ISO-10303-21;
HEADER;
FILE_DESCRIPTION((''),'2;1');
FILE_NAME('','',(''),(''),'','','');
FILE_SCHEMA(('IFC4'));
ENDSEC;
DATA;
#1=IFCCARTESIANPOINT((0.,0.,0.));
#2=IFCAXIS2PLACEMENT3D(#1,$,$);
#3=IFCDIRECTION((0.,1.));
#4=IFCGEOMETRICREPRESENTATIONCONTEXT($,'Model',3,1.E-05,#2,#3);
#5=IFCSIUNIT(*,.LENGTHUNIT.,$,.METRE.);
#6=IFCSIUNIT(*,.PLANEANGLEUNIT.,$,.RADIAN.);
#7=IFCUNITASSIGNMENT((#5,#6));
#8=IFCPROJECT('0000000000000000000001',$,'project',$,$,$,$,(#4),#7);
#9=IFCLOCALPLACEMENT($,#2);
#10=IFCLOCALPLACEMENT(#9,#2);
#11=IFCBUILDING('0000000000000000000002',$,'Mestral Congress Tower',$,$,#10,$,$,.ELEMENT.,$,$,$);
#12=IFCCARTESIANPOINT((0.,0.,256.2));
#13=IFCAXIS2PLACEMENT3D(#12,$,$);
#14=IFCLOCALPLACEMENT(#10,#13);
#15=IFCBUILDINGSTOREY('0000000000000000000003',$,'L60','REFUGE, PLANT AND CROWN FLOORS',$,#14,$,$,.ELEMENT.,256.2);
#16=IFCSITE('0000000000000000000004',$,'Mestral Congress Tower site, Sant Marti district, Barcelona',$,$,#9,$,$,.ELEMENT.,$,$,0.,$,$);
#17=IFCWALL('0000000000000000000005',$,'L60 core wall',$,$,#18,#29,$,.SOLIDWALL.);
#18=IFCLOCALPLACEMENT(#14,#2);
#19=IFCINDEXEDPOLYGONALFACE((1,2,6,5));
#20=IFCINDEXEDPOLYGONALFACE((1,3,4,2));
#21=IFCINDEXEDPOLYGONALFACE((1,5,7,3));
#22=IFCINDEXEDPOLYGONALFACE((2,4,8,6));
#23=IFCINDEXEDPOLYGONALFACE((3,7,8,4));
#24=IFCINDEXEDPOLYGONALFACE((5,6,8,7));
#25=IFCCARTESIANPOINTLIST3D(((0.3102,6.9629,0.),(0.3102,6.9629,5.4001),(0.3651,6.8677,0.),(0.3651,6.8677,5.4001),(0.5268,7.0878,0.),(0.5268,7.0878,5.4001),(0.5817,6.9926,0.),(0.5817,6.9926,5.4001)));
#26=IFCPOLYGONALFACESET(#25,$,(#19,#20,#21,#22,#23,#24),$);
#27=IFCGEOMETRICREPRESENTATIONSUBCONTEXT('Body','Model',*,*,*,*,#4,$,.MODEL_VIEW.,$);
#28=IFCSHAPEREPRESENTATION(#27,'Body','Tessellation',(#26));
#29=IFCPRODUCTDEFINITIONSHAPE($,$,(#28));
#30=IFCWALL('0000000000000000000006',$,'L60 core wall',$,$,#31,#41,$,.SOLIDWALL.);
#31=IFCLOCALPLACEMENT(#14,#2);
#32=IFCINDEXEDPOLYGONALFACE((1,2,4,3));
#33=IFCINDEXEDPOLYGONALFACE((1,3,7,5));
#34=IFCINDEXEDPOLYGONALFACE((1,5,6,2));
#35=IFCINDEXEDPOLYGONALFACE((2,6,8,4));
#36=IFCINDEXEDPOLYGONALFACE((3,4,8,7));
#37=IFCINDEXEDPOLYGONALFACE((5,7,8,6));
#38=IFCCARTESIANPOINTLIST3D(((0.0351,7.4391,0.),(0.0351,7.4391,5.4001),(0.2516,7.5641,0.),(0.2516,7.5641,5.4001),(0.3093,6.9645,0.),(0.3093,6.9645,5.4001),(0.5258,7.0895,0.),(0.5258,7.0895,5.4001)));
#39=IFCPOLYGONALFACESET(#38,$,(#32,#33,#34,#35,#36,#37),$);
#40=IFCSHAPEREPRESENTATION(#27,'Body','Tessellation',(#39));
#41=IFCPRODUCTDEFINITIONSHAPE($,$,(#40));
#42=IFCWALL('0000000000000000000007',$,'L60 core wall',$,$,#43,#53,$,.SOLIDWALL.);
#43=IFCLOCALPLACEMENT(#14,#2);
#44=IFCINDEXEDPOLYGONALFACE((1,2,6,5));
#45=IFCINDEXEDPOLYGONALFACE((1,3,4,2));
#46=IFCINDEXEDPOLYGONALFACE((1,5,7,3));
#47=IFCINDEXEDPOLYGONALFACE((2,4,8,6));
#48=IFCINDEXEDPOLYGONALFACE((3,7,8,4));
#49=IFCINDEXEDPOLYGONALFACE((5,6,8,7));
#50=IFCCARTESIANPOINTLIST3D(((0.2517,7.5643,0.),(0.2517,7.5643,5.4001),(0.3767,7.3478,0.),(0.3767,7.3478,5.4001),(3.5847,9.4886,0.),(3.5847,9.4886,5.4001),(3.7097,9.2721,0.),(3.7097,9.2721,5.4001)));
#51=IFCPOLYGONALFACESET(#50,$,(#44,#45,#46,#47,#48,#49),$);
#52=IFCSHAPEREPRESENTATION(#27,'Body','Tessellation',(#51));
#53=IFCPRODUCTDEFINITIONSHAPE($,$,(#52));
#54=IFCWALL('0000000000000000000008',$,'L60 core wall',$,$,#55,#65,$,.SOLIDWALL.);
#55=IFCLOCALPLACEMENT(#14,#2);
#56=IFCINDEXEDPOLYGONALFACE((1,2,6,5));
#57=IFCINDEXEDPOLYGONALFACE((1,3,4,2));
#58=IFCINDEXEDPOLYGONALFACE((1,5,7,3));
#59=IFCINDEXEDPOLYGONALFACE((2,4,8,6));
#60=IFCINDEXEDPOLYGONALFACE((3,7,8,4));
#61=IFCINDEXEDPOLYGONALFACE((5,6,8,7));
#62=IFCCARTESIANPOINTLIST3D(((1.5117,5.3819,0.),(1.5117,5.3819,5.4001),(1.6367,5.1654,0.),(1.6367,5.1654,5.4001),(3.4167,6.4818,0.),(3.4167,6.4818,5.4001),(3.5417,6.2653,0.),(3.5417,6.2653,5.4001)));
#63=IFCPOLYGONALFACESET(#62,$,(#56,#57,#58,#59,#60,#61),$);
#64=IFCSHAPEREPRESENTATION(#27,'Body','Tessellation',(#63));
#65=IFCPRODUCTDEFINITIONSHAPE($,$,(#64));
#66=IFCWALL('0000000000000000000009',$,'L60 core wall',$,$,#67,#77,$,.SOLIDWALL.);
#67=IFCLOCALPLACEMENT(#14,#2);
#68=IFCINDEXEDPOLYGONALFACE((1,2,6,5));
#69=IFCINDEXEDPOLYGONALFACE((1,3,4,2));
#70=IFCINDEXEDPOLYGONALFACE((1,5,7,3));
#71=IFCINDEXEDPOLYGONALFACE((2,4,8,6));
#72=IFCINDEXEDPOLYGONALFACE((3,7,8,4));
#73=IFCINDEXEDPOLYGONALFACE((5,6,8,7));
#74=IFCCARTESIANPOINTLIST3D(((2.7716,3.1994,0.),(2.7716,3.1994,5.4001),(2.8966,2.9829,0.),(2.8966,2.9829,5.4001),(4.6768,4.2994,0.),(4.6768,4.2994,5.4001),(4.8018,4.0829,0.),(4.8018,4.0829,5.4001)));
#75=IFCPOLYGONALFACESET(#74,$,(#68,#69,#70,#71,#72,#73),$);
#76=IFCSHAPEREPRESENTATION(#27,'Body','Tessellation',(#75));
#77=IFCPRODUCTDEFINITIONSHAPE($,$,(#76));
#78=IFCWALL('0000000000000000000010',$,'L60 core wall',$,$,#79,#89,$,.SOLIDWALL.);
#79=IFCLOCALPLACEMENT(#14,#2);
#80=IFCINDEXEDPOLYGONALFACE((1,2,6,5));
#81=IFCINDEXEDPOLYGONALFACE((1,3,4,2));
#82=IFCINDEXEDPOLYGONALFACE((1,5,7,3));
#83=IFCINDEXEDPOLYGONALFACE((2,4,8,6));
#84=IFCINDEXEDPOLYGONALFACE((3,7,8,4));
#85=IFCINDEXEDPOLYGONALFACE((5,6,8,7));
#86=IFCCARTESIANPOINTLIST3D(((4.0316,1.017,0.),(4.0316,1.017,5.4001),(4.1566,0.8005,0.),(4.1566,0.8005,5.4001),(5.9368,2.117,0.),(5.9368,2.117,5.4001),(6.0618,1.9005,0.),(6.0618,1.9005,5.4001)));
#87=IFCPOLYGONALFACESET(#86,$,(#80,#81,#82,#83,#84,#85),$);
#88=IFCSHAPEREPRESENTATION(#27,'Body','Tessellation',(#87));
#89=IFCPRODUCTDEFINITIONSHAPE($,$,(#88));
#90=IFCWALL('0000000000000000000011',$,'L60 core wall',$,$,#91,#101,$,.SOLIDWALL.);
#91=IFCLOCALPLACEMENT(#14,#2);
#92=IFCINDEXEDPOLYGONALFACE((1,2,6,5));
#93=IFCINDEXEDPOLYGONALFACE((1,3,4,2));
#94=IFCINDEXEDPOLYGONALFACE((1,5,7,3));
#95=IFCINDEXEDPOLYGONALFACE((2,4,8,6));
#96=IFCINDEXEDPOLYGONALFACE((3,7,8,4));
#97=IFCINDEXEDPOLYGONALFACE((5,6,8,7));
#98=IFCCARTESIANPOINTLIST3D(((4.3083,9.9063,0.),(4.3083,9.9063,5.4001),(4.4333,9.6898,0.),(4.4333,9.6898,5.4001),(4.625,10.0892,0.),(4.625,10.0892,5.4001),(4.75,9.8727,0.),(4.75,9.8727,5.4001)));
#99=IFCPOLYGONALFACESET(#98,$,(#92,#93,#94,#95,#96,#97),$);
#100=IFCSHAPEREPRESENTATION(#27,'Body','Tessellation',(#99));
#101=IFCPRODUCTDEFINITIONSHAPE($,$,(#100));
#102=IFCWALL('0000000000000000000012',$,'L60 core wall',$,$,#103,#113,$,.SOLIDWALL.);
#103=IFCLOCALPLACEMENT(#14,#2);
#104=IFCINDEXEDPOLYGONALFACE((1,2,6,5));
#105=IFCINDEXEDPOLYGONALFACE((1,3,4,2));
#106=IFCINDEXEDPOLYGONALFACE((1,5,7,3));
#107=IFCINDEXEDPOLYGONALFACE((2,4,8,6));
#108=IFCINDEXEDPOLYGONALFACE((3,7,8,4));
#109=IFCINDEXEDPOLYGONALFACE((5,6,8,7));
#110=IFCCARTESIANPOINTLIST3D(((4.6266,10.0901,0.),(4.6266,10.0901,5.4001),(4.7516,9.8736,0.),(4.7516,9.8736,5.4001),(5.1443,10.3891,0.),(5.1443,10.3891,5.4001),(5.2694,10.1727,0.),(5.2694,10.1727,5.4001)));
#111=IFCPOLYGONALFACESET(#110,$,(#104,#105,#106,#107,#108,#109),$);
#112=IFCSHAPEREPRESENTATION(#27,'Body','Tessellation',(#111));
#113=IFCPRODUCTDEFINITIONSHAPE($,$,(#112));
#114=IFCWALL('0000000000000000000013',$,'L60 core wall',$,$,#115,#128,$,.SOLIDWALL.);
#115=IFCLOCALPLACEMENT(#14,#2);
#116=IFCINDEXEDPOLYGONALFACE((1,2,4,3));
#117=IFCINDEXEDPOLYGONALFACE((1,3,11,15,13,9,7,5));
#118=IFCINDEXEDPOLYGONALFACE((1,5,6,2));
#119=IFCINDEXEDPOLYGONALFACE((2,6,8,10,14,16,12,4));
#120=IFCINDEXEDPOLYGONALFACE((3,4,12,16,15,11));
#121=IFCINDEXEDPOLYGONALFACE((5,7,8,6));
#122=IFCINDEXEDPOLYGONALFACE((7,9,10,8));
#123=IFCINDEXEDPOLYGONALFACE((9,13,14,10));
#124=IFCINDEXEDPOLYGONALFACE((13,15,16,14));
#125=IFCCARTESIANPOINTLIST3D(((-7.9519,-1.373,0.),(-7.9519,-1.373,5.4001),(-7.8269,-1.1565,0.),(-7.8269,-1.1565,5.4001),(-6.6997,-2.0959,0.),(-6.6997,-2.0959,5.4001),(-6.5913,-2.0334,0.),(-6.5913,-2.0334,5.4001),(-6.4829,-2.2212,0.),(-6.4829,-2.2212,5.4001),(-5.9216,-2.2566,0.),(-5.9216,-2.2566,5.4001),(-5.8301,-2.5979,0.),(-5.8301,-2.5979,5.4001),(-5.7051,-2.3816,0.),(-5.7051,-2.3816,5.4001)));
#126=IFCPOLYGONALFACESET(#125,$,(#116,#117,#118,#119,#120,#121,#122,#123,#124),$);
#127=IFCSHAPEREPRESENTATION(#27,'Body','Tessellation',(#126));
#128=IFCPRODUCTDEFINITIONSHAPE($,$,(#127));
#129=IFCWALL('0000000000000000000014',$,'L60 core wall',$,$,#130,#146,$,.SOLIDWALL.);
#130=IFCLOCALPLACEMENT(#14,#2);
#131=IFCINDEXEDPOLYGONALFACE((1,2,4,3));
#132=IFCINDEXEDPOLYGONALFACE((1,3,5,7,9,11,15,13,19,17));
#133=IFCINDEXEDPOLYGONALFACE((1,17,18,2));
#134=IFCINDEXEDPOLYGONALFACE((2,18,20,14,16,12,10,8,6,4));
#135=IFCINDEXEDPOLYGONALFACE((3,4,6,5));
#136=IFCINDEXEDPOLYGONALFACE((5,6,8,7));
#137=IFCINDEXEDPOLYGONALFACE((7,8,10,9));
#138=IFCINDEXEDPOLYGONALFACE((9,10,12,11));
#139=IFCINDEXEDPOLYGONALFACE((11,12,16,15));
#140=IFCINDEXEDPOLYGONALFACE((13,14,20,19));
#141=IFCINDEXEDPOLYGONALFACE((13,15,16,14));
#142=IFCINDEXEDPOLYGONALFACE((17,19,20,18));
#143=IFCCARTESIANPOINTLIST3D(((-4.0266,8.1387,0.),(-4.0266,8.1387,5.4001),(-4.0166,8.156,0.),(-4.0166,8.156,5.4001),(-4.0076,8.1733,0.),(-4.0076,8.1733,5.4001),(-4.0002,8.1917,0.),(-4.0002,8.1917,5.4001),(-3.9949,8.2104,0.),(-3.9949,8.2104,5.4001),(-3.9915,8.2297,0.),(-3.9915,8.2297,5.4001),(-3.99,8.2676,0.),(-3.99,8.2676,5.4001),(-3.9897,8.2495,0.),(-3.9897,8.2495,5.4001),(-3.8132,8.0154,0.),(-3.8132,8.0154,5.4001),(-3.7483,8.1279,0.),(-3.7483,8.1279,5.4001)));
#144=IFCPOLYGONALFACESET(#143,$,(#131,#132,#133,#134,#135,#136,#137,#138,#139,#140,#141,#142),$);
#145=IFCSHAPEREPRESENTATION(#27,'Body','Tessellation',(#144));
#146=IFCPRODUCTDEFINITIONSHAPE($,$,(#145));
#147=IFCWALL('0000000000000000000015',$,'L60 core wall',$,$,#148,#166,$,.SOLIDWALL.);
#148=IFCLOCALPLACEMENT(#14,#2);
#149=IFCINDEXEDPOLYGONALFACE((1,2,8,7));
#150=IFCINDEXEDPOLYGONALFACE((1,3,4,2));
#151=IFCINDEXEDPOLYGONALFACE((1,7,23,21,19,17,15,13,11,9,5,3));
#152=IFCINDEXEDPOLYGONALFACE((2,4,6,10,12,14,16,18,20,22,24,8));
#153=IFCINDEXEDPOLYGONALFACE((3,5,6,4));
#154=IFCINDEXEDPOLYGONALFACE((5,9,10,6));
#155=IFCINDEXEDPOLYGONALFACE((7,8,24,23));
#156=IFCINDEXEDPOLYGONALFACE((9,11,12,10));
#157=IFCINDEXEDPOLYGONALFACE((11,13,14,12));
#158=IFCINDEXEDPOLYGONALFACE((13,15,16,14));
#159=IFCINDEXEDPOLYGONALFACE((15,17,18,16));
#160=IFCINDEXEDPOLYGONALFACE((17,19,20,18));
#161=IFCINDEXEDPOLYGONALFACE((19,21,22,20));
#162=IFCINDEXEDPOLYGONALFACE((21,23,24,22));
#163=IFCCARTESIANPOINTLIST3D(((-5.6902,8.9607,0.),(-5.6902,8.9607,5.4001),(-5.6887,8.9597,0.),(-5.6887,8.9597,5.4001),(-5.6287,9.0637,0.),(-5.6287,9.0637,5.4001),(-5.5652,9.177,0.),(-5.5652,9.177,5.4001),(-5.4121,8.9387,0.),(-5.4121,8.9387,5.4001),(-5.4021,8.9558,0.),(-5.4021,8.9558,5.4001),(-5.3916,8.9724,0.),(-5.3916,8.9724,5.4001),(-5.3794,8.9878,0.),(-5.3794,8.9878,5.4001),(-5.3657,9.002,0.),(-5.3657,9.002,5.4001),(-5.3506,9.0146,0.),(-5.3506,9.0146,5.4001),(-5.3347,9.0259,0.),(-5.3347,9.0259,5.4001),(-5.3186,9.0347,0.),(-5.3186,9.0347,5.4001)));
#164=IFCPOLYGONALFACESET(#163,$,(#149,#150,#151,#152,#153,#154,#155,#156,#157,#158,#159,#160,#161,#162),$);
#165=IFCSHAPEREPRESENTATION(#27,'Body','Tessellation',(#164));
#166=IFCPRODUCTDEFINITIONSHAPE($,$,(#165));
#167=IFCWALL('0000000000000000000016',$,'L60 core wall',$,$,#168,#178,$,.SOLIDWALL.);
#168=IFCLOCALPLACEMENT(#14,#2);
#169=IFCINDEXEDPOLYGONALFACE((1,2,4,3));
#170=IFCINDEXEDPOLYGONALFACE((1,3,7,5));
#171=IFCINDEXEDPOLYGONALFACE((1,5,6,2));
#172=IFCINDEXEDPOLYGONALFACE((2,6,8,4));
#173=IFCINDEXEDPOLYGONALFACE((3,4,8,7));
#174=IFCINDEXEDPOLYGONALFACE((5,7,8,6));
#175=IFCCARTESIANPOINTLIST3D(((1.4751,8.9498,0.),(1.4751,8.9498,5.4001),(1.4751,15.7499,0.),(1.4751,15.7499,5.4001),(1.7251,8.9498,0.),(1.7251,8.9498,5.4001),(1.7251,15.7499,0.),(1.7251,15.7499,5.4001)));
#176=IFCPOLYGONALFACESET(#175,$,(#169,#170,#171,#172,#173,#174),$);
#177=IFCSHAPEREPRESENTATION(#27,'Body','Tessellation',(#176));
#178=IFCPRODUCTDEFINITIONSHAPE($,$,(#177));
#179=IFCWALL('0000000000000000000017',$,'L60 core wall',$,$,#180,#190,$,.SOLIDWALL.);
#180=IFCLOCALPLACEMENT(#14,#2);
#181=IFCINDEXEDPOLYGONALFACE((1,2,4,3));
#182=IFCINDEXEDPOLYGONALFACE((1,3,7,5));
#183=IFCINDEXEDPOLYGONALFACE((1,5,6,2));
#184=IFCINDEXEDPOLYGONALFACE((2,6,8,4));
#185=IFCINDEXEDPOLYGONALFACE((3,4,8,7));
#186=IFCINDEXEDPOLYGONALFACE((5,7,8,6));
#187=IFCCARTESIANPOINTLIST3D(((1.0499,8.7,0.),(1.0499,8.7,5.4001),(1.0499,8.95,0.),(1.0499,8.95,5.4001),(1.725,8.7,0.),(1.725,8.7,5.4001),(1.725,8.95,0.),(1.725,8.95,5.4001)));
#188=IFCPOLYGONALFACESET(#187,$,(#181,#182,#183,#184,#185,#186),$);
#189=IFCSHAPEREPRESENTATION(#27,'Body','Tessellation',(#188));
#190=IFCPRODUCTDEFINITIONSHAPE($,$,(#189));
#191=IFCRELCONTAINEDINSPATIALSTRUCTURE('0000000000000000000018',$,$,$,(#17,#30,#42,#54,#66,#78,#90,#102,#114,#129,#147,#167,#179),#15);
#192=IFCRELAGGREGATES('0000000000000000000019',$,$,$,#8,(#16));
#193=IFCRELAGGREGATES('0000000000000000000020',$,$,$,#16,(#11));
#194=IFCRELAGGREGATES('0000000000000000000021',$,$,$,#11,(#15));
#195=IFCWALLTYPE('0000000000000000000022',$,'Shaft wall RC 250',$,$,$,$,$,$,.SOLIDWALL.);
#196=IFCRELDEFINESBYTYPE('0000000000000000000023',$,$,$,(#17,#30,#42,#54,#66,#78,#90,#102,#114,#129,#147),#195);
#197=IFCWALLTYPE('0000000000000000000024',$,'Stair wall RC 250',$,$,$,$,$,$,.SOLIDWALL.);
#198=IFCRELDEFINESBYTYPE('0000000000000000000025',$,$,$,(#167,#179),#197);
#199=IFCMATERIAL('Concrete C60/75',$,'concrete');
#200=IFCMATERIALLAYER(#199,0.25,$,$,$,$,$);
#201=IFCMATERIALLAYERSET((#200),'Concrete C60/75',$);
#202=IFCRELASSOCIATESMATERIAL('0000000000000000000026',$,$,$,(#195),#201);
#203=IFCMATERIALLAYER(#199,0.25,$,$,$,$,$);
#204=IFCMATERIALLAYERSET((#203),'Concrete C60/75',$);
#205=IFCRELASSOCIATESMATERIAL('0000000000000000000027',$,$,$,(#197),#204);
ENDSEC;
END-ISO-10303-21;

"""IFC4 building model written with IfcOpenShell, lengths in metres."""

from ifc_helpers import new_model, si_unit, direction, frame, frame_2d, origin, place, context, subcontext, project, spatial, polyline, rectangle, outline, extrude, material, layer, layer_set, type_object, element, save


model = new_model("IFC4")

# Units and contexts
model_context = context("Model", 3, precision=1e-05, world=origin(), true_north=direction((0.0, 1.0)))
body_context = subcontext(model_context, "Body", "Model", "MODEL_VIEW")
ifc_project = project(units=[si_unit("LENGTHUNIT", "METRE"), si_unit("PLANEANGLEUNIT", "RADIAN")], contexts=[model_context])

# Site, building, storey
site_placement = place(None, origin())
site = spatial("IfcSite", under=ifc_project, at=site_placement, Name="Mestral Congress Tower site, Sant Marti district, Barcelona", CompositionType="ELEMENT", RefElevation=0.0)
building_placement = place(site_placement, origin())
building = spatial("IfcBuilding", under=site, at=building_placement, Name="Mestral Congress Tower", CompositionType="ELEMENT")
storey_placement = place(building_placement, frame((0.0, 0.0, 256.2)))
storey = spatial("IfcBuildingStorey", under=building, at=storey_placement, Name="L60", Description="REFUGE, PLANT AND CROWN FLOORS", CompositionType="ELEMENT", Elevation=256.2)

# Shared definitions
placement = place(storey_placement, origin())

# Shared definitions
ifc_material_1 = material(Name="Concrete C60/75", Category="concrete")

# Walls
ifc_layer_1 = layer(ifc_material_1, 0.25)
ifc_layer_set_1 = layer_set([ifc_layer_1], Name="Concrete C60/75")
wall_type_1 = type_object("IfcWallType", Name="Shaft wall RC 250", PredefinedType="SOLIDWALL", material=ifc_layer_set_1)
wall_1_placement = place(storey_placement, frame((0.4734, 6.9302, 0.0), z_axis=(0.0, 0.0, 1.0), x_axis=(-0.499722, 0.866186, 0.0)))
element("IfcWall", 1, at=wall_1_placement, inside=storey, type_object=wall_type_1, Name="L60 core wall", PredefinedType="SOLIDWALL", context=body_context, shape_type="SweptSolid", body=[
    extrude(rectangle(XDim=0.1099, YDim=0.25, at=frame_2d((0.0549, 0.0))), origin(), (0.0, 0.0, 1.0), 5.4001),
])
wall_2_placement = place(storey_placement, frame((0.4175, 7.0271, 0.0), z_axis=(0.0, 0.0, 1.0), x_axis=(-0.500211, 0.865904, 0.0)))
element("IfcWall", 2, at=wall_2_placement, inside=storey, type_object=wall_type_1, Name="L60 core wall", PredefinedType="SOLIDWALL", context=body_context, shape_type="SweptSolid", body=[
    extrude(rectangle(XDim=0.5481, YDim=0.25, at=frame_2d((0.2739, 0.0))), origin(), (0.0, 0.0, 1.0), 5.4001),
])
wall_3_placement = place(storey_placement, frame((3.6472, 9.3804, 0.0), z_axis=(0.0, 0.0, 1.0), x_axis=(-0.866025, -0.500001, 0.0)))
element("IfcWall", 3, at=wall_3_placement, inside=storey, type_object=wall_type_1, Name="L60 core wall", PredefinedType="SOLIDWALL", context=body_context, shape_type="SweptSolid", body=[
    extrude(rectangle(XDim=3.8486, YDim=0.25, at=frame_2d((1.9243, 0.0))), origin(), (0.0, 0.0, 1.0), 5.4001),
])
wall_4_placement = place(storey_placement, frame((1.5742, 5.2737, 0.0), z_axis=(0.0, 0.0, 1.0), x_axis=(0.866028, 0.499995, 0.0)))
element("IfcWall", 4, at=wall_4_placement, inside=storey, type_object=wall_type_1, Name="L60 core wall", PredefinedType="SOLIDWALL", context=body_context, shape_type="SweptSolid", body=[
    extrude(rectangle(XDim=2.1997, YDim=0.25, at=frame_2d((1.0999, 0.0))), origin(), (0.0, 0.0, 1.0), 5.4001),
])
for number, where, z_axis, x_axis, name in (
    (5, (2.834, 3.0911, 0.0), (0.0, 0.0, 1.0), (0.866008, 0.50003, 0.0), "L60 core wall"),
    (6, (4.094, 0.9087, 0.0), (0.0, 0.0, 1.0), (0.866008, 0.50003, 0.0), "L60 core wall"),
):
    element("IfcWall", number, at=place(storey_placement, frame(where, z_axis=z_axis, x_axis=x_axis)), inside=storey, type_object=wall_type_1, Name=name, PredefinedType="SOLIDWALL", context=body_context, shape_type="SweptSolid", body=[
        extrude(rectangle(XDim=2.2, YDim=0.25, at=frame_2d((1.1001, 0.0))), origin(), (0.0, 0.0, 1.0), 5.4001),
    ])
wall_5_placement = place(storey_placement, frame((4.6875, 9.981, 0.0), z_axis=(0.0, 0.0, 1.0), x_axis=(-0.865974, -0.500088, 0.0)))
element("IfcWall", 7, at=wall_5_placement, inside=storey, type_object=wall_type_1, Name="L60 core wall", PredefinedType="SOLIDWALL", context=body_context, shape_type="SweptSolid", body=[
    extrude(rectangle(XDim=0.3657, YDim=0.25, at=frame_2d((0.1829, 0.0))), origin(), (0.0, 0.0, 1.0), 5.4001),
])
wall_6_placement = place(storey_placement, frame((4.6892, 9.9819, 0.0), z_axis=(0.0, 0.0, 1.0), x_axis=(0.865948, 0.500135, 0.0)))
element("IfcWall", 8, at=wall_6_placement, inside=storey, type_object=wall_type_1, Name="L60 core wall", PredefinedType="SOLIDWALL", context=body_context, shape_type="SweptSolid", body=[
    extrude(rectangle(XDim=0.5979, YDim=0.25, at=frame_2d((0.2988, 0.0))), origin(), (0.0, 0.0, 1.0), 5.4001),
])
element("IfcWall", 9, at=placement, inside=storey, type_object=wall_type_1, Name="L60 core wall", PredefinedType="SOLIDWALL", context=body_context, shape_type="SweptSolid", body=[
    extrude(outline(polyline([(-5.9216, -2.2566), (-5.9216, -2.2566), (-5.7051, -2.3816), (-5.8301, -2.5979), (-6.4829, -2.2212), (-6.5913, -2.0334), (-6.5913, -2.0334), (-6.6997, -2.0959), (-7.9519, -1.373), (-7.8269, -1.1565), (-5.9216, -2.2566)])), origin(), (0.0, 0.0, 1.0), 5.4001),
])
element("IfcWall", 10, at=placement, inside=storey, type_object=wall_type_1, Name="L60 core wall", PredefinedType="SOLIDWALL", context=body_context, shape_type="SweptSolid", body=[
    extrude(outline(polyline([(-3.7483, 8.1279), (-3.8132, 8.0154), (-4.0266, 8.1387), (-4.0166, 8.156), (-4.0076, 8.1733), (-4.0002, 8.1917), (-3.9949, 8.2104), (-3.9915, 8.2297), (-3.9897, 8.2495), (-3.99, 8.2676), (-3.7483, 8.1279)])), origin(), (0.0, 0.0, 1.0), 5.4001),
])
element("IfcWall", 11, at=placement, inside=storey, type_object=wall_type_1, Name="L60 core wall", PredefinedType="SOLIDWALL", context=body_context, shape_type="SweptSolid", body=[
    extrude(outline(polyline([(-5.6887, 8.9597), (-5.6902, 8.9607), (-5.5652, 9.177), (-5.3186, 9.0347), (-5.3347, 9.0259), (-5.3506, 9.0146), (-5.3657, 9.002), (-5.3794, 8.9878), (-5.3916, 8.9724), (-5.4021, 8.9558), (-5.4121, 8.9387), (-5.6287, 9.0637), (-5.6287, 9.0637), (-5.6887, 8.9597)])), origin(), (0.0, 0.0, 1.0), 5.4001),
])
ifc_layer_2 = layer(ifc_material_1, 0.25)
ifc_layer_set_2 = layer_set([ifc_layer_2], Name="Concrete C60/75")
wall_type_2 = type_object("IfcWallType", Name="Stair wall RC 250", PredefinedType="SOLIDWALL", material=ifc_layer_set_2)
wall_7_placement = place(storey_placement, frame((1.6001, 8.95, 0.0), z_axis=(0.0, 0.0, 1.0), x_axis=(0.0, 1.0, 0.0)))
element("IfcWall", 12, at=wall_7_placement, inside=storey, type_object=wall_type_2, Name="L60 core wall", PredefinedType="SOLIDWALL", context=body_context, shape_type="SweptSolid", body=[
    extrude(rectangle(XDim=6.8, YDim=0.25, at=frame_2d((3.3999, 0.0))), origin(), (0.0, 0.0, 1.0), 5.4001),
])
wall_8_placement = place(storey_placement, frame((1.05, 8.825, 0.0), z_axis=(0.0, 0.0, 1.0), x_axis=(1.0, 0.0, 0.0)))
element("IfcWall", 13, at=wall_8_placement, inside=storey, type_object=wall_type_2, Name="L60 core wall", PredefinedType="SOLIDWALL", context=body_context, shape_type="SweptSolid", body=[
    extrude(rectangle(XDim=0.675, YDim=0.25, at=frame_2d((0.3374, 0.0))), origin(), (0.0, 0.0, 1.0), 5.4001),
])

save(model, "model.ifc")
